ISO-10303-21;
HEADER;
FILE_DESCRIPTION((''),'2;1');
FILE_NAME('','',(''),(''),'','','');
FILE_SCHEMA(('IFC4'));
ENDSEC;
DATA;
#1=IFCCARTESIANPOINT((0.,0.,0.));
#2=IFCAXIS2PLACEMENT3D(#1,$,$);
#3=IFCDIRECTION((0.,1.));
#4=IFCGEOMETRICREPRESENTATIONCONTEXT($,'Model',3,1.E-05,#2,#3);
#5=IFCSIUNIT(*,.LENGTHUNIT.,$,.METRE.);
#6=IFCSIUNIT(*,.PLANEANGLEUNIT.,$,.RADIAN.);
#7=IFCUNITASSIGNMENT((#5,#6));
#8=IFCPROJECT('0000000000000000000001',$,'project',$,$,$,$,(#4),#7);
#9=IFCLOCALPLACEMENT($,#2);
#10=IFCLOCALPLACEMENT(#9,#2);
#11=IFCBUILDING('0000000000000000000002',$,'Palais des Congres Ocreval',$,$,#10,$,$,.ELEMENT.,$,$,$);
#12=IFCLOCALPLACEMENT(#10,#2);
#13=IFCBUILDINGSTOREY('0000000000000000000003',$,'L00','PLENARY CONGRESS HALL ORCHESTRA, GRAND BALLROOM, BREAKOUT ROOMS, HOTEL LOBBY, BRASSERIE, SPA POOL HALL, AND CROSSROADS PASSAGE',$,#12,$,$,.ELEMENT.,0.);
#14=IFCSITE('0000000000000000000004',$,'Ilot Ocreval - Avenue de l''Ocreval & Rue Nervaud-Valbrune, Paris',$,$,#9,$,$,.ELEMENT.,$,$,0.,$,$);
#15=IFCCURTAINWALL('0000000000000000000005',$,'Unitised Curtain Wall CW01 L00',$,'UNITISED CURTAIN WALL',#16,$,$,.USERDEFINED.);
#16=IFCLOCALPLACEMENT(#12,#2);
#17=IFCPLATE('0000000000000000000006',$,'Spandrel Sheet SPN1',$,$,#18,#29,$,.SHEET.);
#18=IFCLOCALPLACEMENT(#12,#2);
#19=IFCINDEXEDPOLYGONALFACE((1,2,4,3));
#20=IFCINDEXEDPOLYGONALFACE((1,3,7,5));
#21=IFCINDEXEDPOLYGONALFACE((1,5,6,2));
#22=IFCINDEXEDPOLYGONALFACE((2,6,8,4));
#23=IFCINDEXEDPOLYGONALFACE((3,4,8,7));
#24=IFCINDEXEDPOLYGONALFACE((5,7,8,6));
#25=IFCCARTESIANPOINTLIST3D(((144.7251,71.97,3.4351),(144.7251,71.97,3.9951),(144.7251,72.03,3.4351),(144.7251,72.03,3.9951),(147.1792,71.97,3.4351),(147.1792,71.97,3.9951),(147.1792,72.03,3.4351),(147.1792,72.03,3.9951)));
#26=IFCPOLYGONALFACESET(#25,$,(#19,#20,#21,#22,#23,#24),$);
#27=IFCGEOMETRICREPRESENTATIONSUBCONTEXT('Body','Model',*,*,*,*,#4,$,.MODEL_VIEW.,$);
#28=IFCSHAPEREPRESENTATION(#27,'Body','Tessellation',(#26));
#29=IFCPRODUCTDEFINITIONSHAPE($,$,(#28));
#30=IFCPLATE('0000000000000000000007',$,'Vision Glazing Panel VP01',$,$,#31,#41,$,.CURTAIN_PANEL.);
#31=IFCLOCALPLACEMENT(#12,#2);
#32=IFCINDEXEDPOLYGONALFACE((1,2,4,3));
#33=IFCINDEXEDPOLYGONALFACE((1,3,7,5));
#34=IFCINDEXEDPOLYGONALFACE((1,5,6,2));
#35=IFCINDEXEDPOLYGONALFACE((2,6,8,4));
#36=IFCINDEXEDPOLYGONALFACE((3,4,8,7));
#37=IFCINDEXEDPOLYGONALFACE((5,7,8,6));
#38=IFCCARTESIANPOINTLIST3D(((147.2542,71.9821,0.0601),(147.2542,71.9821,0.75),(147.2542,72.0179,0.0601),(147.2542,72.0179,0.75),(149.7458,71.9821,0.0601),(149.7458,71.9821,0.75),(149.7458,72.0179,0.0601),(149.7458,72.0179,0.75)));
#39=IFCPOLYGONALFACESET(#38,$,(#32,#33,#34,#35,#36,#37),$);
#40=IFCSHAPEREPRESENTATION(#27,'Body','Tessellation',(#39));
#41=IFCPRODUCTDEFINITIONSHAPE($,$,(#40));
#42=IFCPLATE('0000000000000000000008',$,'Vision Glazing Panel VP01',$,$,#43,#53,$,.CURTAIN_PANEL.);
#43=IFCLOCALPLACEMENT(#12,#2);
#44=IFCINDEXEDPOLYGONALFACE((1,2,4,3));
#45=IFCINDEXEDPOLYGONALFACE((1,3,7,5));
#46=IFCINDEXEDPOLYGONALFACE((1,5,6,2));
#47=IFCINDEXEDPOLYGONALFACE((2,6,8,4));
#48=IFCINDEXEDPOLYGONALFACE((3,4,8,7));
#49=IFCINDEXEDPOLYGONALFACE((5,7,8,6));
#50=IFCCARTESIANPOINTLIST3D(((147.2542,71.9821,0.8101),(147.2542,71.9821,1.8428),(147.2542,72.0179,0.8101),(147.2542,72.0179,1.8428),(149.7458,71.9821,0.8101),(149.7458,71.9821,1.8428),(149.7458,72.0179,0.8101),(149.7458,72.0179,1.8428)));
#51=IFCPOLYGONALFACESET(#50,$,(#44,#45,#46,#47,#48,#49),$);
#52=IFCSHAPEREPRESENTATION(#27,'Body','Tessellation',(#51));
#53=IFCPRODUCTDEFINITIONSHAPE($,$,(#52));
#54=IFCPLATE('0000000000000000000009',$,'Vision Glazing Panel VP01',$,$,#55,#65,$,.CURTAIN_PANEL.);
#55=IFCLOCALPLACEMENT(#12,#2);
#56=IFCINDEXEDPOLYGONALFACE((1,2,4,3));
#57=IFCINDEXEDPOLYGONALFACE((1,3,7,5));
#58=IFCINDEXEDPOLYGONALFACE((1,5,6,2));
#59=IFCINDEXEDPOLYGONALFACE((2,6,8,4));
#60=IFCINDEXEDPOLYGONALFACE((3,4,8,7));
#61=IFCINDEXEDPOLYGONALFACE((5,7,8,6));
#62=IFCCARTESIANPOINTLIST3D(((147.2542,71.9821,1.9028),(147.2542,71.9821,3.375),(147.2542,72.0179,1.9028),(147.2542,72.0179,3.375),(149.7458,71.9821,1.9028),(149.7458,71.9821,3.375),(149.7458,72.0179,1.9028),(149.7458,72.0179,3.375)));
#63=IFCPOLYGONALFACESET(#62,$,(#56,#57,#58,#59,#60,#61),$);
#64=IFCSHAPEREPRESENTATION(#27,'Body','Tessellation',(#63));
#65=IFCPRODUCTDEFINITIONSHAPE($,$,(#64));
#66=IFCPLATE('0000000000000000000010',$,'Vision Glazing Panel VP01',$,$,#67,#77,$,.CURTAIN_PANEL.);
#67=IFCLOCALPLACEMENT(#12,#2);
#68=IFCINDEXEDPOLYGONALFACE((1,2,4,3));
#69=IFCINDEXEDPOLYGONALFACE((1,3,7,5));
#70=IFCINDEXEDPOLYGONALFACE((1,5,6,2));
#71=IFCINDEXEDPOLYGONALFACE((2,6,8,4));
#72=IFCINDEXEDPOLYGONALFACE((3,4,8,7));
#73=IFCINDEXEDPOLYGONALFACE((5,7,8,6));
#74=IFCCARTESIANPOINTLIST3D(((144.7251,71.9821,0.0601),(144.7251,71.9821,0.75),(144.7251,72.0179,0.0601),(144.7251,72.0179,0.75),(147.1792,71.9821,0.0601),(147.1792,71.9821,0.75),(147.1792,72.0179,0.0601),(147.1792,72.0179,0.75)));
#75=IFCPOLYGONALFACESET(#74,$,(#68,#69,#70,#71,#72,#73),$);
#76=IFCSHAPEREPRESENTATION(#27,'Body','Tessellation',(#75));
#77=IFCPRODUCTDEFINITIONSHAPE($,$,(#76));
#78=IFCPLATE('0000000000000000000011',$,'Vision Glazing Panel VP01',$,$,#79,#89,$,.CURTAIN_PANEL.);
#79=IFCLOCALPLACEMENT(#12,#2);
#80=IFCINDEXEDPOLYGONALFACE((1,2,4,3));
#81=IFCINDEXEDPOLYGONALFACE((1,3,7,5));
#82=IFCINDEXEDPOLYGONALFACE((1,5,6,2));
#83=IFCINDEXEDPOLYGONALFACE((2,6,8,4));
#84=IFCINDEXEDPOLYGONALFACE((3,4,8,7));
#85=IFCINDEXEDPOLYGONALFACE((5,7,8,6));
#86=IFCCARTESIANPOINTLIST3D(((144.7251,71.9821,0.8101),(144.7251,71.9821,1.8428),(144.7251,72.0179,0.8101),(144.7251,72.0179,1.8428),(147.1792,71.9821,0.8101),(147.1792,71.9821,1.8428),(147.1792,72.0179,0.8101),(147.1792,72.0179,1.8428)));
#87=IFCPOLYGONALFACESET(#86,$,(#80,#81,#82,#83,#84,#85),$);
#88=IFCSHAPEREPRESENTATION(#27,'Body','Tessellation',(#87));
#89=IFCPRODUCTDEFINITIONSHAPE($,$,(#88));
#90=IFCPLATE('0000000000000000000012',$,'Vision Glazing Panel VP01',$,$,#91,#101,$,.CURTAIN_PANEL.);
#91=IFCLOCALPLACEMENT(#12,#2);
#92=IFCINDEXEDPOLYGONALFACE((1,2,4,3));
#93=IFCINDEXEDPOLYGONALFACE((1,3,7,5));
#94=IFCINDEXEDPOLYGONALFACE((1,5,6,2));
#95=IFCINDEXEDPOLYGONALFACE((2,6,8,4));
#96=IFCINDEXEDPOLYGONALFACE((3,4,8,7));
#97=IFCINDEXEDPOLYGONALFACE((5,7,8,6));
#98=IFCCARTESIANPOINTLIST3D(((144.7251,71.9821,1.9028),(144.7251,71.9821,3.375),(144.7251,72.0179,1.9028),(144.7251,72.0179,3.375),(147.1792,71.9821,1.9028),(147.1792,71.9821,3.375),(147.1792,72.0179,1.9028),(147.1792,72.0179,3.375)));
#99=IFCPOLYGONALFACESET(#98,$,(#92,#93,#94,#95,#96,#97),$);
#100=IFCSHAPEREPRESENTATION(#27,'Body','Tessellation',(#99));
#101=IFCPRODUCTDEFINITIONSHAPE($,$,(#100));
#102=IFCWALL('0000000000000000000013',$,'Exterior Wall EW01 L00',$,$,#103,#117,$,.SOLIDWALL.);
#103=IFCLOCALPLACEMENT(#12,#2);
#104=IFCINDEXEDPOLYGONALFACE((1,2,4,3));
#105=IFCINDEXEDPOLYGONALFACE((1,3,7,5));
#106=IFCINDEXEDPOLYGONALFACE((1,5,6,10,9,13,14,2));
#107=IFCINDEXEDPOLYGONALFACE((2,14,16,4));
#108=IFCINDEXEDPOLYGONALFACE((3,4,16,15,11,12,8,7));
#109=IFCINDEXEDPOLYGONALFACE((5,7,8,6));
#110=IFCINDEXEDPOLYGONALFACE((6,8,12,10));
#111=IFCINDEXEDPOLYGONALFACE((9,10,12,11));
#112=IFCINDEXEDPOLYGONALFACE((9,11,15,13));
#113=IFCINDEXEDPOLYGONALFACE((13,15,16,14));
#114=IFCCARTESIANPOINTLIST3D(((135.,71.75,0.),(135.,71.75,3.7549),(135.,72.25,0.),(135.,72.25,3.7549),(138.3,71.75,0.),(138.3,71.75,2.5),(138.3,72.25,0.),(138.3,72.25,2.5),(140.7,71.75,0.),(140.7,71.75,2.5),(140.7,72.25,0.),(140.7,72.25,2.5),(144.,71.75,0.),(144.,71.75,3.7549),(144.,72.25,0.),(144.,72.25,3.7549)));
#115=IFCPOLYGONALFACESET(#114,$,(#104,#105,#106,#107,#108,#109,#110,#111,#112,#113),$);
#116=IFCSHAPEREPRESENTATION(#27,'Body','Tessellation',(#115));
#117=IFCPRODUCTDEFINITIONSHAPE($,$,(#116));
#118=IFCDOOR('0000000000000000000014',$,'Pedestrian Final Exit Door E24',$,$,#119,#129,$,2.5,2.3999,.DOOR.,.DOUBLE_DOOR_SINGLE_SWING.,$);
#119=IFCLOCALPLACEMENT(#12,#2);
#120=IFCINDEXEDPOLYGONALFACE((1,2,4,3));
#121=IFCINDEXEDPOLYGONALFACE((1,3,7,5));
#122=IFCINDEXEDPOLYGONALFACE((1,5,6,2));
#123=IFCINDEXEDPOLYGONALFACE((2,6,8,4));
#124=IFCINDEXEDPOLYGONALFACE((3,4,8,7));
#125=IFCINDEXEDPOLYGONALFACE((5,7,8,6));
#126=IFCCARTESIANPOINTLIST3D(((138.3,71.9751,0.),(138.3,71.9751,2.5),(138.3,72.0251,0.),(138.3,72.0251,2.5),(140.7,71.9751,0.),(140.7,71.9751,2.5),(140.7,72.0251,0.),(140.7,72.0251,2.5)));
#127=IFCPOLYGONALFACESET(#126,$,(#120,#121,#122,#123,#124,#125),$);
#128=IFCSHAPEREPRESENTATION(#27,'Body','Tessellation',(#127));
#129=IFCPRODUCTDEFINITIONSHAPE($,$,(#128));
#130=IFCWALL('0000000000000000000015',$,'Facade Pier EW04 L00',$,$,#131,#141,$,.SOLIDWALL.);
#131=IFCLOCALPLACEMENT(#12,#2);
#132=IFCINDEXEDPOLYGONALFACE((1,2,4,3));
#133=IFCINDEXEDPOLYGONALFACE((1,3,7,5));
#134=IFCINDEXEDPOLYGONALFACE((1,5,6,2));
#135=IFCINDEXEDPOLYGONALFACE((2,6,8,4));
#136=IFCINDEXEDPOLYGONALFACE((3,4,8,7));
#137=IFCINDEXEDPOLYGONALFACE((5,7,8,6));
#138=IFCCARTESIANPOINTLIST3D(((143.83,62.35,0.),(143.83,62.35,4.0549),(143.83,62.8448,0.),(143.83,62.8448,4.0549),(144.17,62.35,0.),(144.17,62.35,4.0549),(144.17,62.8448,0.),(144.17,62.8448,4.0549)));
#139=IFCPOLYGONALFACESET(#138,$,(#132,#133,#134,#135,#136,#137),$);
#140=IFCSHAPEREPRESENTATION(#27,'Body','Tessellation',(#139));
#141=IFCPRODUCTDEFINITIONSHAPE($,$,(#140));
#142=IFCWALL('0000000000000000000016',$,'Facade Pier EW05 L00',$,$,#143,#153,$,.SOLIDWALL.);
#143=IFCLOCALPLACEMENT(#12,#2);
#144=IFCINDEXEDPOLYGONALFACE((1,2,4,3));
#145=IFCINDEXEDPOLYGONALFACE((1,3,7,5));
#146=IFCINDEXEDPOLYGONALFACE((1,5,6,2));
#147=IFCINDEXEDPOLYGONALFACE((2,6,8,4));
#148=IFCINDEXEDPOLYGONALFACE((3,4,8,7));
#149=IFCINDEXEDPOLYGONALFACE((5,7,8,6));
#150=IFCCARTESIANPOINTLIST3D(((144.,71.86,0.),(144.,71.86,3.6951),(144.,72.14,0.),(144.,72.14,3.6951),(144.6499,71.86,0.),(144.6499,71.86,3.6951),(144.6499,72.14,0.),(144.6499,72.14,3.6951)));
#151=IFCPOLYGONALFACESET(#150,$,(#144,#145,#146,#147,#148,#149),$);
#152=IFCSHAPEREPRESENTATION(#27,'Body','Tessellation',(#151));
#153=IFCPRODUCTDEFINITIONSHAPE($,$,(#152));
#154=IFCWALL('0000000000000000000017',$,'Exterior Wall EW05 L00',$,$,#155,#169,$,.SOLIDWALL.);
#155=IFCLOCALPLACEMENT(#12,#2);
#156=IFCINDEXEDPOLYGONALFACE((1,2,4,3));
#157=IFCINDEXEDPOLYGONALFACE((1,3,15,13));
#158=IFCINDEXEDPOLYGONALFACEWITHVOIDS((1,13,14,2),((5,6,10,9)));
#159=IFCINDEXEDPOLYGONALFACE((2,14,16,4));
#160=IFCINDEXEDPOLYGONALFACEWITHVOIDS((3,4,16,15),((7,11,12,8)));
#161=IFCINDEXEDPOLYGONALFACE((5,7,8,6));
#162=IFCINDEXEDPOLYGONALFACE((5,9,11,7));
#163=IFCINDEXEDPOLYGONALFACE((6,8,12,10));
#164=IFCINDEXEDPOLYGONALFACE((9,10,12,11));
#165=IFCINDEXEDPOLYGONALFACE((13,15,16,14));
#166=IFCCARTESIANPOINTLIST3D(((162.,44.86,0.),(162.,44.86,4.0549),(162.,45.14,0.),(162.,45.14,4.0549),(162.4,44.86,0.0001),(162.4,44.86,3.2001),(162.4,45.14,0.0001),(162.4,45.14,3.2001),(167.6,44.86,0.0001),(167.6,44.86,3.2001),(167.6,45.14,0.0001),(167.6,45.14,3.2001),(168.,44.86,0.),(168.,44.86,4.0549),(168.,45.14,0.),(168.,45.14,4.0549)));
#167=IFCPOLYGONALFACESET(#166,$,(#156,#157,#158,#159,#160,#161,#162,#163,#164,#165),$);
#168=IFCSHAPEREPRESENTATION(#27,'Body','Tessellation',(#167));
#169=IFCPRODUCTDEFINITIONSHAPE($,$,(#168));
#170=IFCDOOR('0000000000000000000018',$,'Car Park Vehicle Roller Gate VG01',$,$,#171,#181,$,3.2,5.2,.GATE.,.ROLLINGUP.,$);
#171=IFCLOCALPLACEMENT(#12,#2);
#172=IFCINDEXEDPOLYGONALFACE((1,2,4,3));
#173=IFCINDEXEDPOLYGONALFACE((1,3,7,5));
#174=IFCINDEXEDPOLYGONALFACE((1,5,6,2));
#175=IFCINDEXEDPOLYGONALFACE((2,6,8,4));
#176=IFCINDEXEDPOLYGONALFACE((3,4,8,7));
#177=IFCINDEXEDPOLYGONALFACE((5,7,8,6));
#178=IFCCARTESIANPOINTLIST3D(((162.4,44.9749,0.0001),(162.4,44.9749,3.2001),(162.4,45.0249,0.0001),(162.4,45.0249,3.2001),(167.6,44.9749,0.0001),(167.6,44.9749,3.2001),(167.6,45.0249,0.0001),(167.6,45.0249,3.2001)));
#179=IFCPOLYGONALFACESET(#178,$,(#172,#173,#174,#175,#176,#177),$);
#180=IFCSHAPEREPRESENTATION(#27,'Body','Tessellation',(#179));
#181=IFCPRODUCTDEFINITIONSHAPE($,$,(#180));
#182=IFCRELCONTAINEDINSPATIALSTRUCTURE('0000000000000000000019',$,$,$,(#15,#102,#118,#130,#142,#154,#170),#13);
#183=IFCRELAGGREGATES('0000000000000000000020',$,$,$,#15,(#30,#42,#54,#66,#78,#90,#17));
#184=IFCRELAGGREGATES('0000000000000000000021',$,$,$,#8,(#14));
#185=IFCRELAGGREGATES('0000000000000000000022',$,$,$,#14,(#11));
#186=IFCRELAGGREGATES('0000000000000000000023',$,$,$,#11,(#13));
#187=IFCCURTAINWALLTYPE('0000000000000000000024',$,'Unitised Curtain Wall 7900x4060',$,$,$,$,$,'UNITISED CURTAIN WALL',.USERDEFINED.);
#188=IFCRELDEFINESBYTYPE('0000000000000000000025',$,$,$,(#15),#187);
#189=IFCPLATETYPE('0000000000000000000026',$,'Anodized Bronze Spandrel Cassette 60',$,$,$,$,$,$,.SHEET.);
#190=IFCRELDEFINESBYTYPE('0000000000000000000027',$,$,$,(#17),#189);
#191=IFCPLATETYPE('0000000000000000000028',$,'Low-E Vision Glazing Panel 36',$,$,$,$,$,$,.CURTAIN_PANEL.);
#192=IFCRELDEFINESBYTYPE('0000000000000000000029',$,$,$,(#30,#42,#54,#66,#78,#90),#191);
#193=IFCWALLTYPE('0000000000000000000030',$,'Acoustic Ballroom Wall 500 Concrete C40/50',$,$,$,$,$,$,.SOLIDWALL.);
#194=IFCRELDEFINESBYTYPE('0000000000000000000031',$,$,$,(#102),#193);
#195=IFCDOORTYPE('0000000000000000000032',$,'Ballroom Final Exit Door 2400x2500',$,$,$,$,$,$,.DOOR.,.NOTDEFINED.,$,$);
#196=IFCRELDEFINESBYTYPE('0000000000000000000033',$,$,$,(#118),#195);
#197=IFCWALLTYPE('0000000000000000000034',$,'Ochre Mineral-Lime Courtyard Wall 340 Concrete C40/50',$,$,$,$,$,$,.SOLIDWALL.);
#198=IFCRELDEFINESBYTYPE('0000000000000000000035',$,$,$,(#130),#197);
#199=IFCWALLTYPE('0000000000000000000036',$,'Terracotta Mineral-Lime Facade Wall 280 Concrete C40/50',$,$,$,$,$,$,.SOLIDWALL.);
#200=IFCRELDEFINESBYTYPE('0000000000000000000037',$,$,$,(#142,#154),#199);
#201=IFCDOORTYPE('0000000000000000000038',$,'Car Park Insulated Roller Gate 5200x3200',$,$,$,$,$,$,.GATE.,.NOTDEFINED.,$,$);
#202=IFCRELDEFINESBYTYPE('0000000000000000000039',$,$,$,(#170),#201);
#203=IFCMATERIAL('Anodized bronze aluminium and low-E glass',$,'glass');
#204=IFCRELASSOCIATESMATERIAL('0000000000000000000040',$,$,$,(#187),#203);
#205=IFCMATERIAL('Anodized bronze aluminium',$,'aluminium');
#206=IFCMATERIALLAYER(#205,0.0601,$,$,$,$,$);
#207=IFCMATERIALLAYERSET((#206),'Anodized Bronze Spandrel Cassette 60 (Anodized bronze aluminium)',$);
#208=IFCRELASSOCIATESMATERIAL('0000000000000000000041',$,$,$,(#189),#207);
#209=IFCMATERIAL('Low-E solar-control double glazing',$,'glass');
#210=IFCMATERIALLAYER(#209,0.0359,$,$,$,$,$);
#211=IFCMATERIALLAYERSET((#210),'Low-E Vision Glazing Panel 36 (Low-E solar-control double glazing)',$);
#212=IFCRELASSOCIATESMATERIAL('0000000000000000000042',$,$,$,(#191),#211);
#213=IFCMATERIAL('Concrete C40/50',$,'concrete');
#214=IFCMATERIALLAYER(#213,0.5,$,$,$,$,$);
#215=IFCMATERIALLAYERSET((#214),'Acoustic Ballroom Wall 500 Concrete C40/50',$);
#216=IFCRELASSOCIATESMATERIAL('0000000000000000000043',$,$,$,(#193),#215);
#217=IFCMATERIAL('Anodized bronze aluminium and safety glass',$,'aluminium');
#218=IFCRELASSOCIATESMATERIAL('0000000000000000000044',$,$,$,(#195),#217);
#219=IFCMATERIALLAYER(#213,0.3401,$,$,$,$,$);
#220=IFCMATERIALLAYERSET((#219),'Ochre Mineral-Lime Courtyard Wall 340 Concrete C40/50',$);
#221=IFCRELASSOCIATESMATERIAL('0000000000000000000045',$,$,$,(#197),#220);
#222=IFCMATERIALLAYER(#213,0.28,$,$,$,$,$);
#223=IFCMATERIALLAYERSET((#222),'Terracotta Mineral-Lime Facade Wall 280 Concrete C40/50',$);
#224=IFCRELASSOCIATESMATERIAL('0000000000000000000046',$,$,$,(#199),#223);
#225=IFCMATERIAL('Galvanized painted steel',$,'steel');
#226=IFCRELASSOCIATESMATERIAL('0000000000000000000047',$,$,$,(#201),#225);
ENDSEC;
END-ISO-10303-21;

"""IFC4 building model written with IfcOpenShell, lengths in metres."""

from ifc_helpers import new_model, si_unit, direction, frame, frame_2d, origin, origin_2d, place, context, subcontext, project, spatial, rectangle, extrude, material, layer, layer_set, type_object, element, fill, aggregate, save


model = new_model("IFC4")

# Units and contexts
model_context = context("Model", 3, precision=1e-05, world=origin(), true_north=direction((0.0, 1.0)))
body_context = subcontext(model_context, "Body", "Model", "MODEL_VIEW")
ifc_project = project(units=[si_unit("LENGTHUNIT", "METRE"), si_unit("PLANEANGLEUNIT", "RADIAN")], contexts=[model_context])

# Site, building, storey
site_placement = place(None, origin())
site = spatial("IfcSite", under=ifc_project, at=site_placement, Name="Ilot Ocreval - Avenue de l'Ocreval & Rue Nervaud-Valbrune, Paris", CompositionType="ELEMENT", RefElevation=0.0)
building_placement = place(site_placement, origin())
building = spatial("IfcBuilding", under=site, at=building_placement, Name="Palais des Congres Ocreval", CompositionType="ELEMENT")
storey_placement = place(building_placement, origin())
storey = spatial("IfcBuildingStorey", under=building, at=storey_placement, Name="L00", Description="PLENARY CONGRESS HALL ORCHESTRA, GRAND BALLROOM, BREAKOUT ROOMS, HOTEL LOBBY, BRASSERIE, SPA POOL HALL, AND CROSSROADS PASSAGE", CompositionType="ELEMENT", Elevation=0.0)

# Curtain wall
ifc_material_1 = material(Name="Anodized bronze aluminium and low-E glass", Category="glass")
curtain_wall_type = type_object("IfcCurtainWallType", Name="Unitised Curtain Wall 7900x4060", ElementType="UNITISED CURTAIN WALL", PredefinedType="USERDEFINED", material=ifc_material_1)
curtain_wall_1_placement = place(storey_placement, origin())
curtain_wall_1 = element("IfcCurtainWall", 1, at=curtain_wall_1_placement, inside=storey, type_object=curtain_wall_type, Name="Unitised Curtain Wall CW01 L00", ObjectType="UNITISED CURTAIN WALL", PredefinedType="USERDEFINED")
ifc_material_2 = material(Name="Anodized bronze aluminium", Category="aluminium")

# Plates
ifc_layer_1 = layer(ifc_material_2, 0.0601)
ifc_layer_set_1 = layer_set([ifc_layer_1], Name="Anodized Bronze Spandrel Cassette 60 (Anodized bronze aluminium)")
plate_type_1 = type_object("IfcPlateType", Name="Anodized Bronze Spandrel Cassette 60", PredefinedType="SHEET", material=ifc_layer_set_1)
plate_1_placement = place(storey_placement, frame((145.9521, 72.0, 3.4351), z_axis=(0.0, 0.0, 1.0), x_axis=(-1.0, 0.0, 0.0)))
plate_1 = element("IfcPlate", 2, at=plate_1_placement, type_object=plate_type_1, Name="Spandrel Sheet SPN1", PredefinedType="SHEET", context=body_context, shape_type="SweptSolid", body=[
    extrude(rectangle(XDim=2.4541, YDim=0.0601, at=origin_2d()), origin(), (0.0, 0.0, 1.0), 0.5601),
])
ifc_material_3 = material(Name="Low-E solar-control double glazing", Category="glass")
ifc_layer_2 = layer(ifc_material_3, 0.0359)
ifc_layer_set_2 = layer_set([ifc_layer_2], Name="Low-E Vision Glazing Panel 36 (Low-E solar-control double glazing)")
plate_type_2 = type_object("IfcPlateType", Name="Low-E Vision Glazing Panel 36", PredefinedType="CURTAIN_PANEL", material=ifc_layer_set_2)
plate_2_placement = place(storey_placement, frame((148.5, 72.0, 0.0601), z_axis=(0.0, 0.0, 1.0), x_axis=(-1.0, 0.0, 0.0)))
plate_2 = element("IfcPlate", 3, at=plate_2_placement, type_object=plate_type_2, Name="Vision Glazing Panel VP01", PredefinedType="CURTAIN_PANEL", context=body_context, shape_type="SweptSolid", body=[
    extrude(rectangle(XDim=2.4917, YDim=0.0359, at=origin_2d()), origin(), (0.0, 0.0, 1.0), 0.6899),
])
plate_3_placement = place(storey_placement, frame((148.5, 72.0, 0.8101), z_axis=(0.0, 0.0, 1.0), x_axis=(-1.0, 0.0, 0.0)))
plate_3 = element("IfcPlate", 4, at=plate_3_placement, type_object=plate_type_2, Name="Vision Glazing Panel VP01", PredefinedType="CURTAIN_PANEL", context=body_context, shape_type="SweptSolid", body=[
    extrude(rectangle(XDim=2.4917, YDim=0.0359, at=origin_2d()), origin(), (0.0, 0.0, 1.0), 1.0327),
])
plate_4_placement = place(storey_placement, frame((148.5, 72.0, 1.9028), z_axis=(0.0, 0.0, 1.0), x_axis=(-1.0, 0.0, 0.0)))
plate_4 = element("IfcPlate", 5, at=plate_4_placement, type_object=plate_type_2, Name="Vision Glazing Panel VP01", PredefinedType="CURTAIN_PANEL", context=body_context, shape_type="SweptSolid", body=[
    extrude(rectangle(XDim=2.4917, YDim=0.0359, at=origin_2d()), origin(), (0.0, 0.0, 1.0), 1.4722),
])
plate_5_placement = place(storey_placement, frame((145.9521, 72.0, 0.0601), z_axis=(0.0, 0.0, 1.0), x_axis=(-1.0, 0.0, 0.0)))
plate_5 = element("IfcPlate", 6, at=plate_5_placement, type_object=plate_type_2, Name="Vision Glazing Panel VP01", PredefinedType="CURTAIN_PANEL", context=body_context, shape_type="SweptSolid", body=[
    extrude(rectangle(XDim=2.4541, YDim=0.0359, at=origin_2d()), origin(), (0.0, 0.0, 1.0), 0.6899),
])
plate_6_placement = place(storey_placement, frame((145.9521, 72.0, 0.8101), z_axis=(0.0, 0.0, 1.0), x_axis=(-1.0, 0.0, 0.0)))
plate_6 = element("IfcPlate", 7, at=plate_6_placement, type_object=plate_type_2, Name="Vision Glazing Panel VP01", PredefinedType="CURTAIN_PANEL", context=body_context, shape_type="SweptSolid", body=[
    extrude(rectangle(XDim=2.4541, YDim=0.0359, at=origin_2d()), origin(), (0.0, 0.0, 1.0), 1.0327),
])
plate_7_placement = place(storey_placement, frame((145.9521, 72.0, 1.9028), z_axis=(0.0, 0.0, 1.0), x_axis=(-1.0, 0.0, 0.0)))
plate_7 = element("IfcPlate", 8, at=plate_7_placement, type_object=plate_type_2, Name="Vision Glazing Panel VP01", PredefinedType="CURTAIN_PANEL", context=body_context, shape_type="SweptSolid", body=[
    extrude(rectangle(XDim=2.4541, YDim=0.0359, at=origin_2d()), origin(), (0.0, 0.0, 1.0), 1.4722),
])
aggregate(curtain_wall_1, [plate_2, plate_3, plate_4, plate_5, plate_6, plate_7, plate_1])

# Wall, opening, door
ifc_material_4 = material(Name="Concrete C40/50", Category="concrete")
ifc_layer_3 = layer(ifc_material_4, 0.5)
ifc_layer_set_3 = layer_set([ifc_layer_3], Name="Acoustic Ballroom Wall 500 Concrete C40/50")
wall_type_1 = type_object("IfcWallType", Name="Acoustic Ballroom Wall 500 Concrete C40/50", PredefinedType="SOLIDWALL", material=ifc_layer_set_3)
wall_1_placement = place(storey_placement, frame((144.0, 72.0, 0.0), z_axis=(0.0, 0.0, 1.0), x_axis=(-1.0, 0.0, 0.0)))
wall_1 = element("IfcWall", 9, at=wall_1_placement, inside=storey, type_object=wall_type_1, Name="Exterior Wall EW01 L00", PredefinedType="SOLIDWALL", context=body_context, shape_type="SweptSolid", body=[
    extrude(rectangle(XDim=9.0, YDim=0.5, at=frame_2d((4.5, 0.0))), origin(), (0.0, 0.0, 1.0), 3.7549),
])
opening_1_placement = place(wall_1_placement, frame((3.3, 0.0, 0.0)))
opening_1 = element("IfcOpeningElement", 10, at=opening_1_placement, cuts=wall_1, PredefinedType="OPENING", context=body_context, shape_type="SweptSolid", body=[
    extrude(rectangle(XDim=2.3999, YDim=2.5, at=frame_2d((1.2, 1.25))), frame((0.0, 0.26, 0.0), z_axis=(0.0, -1.0, 0.0), x_axis=(1.0, 0.0, 0.0)), (0.0, 0.0, 1.0), 0.52),
])
ifc_material_5 = material(Name="Anodized bronze aluminium and safety glass", Category="aluminium")
door_type_1 = type_object("IfcDoorType", Name="Ballroom Final Exit Door 2400x2500", OperationType="NOTDEFINED", PredefinedType="DOOR", material=ifc_material_5)
door_1_placement = place(opening_1_placement, origin())
door_1 = element("IfcDoor", 11, at=door_1_placement, inside=storey, type_object=door_type_1, Name="Pedestrian Final Exit Door E24", OperationType="DOUBLE_DOOR_SINGLE_SWING", OverallHeight=2.5, OverallWidth=2.3999, PredefinedType="DOOR", context=body_context, shape_type="SweptSolid", body=[
    extrude(rectangle(XDim=2.3999, YDim=2.5, at=frame_2d((1.2, 1.25))), frame((0.0, 0.0249, 0.0), z_axis=(0.0, -1.0, 0.0), x_axis=(1.0, 0.0, 0.0)), (0.0, 0.0, 1.0), 0.05),
])
fill(opening_1, door_1)

# Walls
ifc_layer_4 = layer(ifc_material_4, 0.3401)
ifc_layer_set_4 = layer_set([ifc_layer_4], Name="Ochre Mineral-Lime Courtyard Wall 340 Concrete C40/50")
wall_type_2 = type_object("IfcWallType", Name="Ochre Mineral-Lime Courtyard Wall 340 Concrete C40/50", PredefinedType="SOLIDWALL", material=ifc_layer_set_4)
wall_2_placement = place(storey_placement, frame((144.0, 62.845, 0.0), z_axis=(0.0, 0.0, 1.0), x_axis=(0.0, -1.0, 0.0)))
element("IfcWall", 12, at=wall_2_placement, inside=storey, type_object=wall_type_2, Name="Facade Pier EW04 L00", PredefinedType="SOLIDWALL", context=body_context, shape_type="SweptSolid", body=[
    extrude(rectangle(XDim=0.4949, YDim=0.3401, at=frame_2d((0.2476, 0.0))), origin(), (0.0, 0.0, 1.0), 4.0549),
])
ifc_layer_5 = layer(ifc_material_4, 0.28)
ifc_layer_set_5 = layer_set([ifc_layer_5], Name="Terracotta Mineral-Lime Facade Wall 280 Concrete C40/50")
wall_type_3 = type_object("IfcWallType", Name="Terracotta Mineral-Lime Facade Wall 280 Concrete C40/50", PredefinedType="SOLIDWALL", material=ifc_layer_set_5)
wall_3_placement = place(storey_placement, frame((144.6499, 72.0, 0.0), z_axis=(0.0, 0.0, 1.0), x_axis=(-1.0, 0.0, 0.0)))
element("IfcWall", 13, at=wall_3_placement, inside=storey, type_object=wall_type_3, Name="Facade Pier EW05 L00", PredefinedType="SOLIDWALL", context=body_context, shape_type="SweptSolid", body=[
    extrude(rectangle(XDim=0.6499, YDim=0.28, at=frame_2d((0.325, 0.0))), origin(), (0.0, 0.0, 1.0), 3.6951),
])

# Wall, opening, door
wall_4_placement = place(storey_placement, frame((162.0, 45.0, 0.0), z_axis=(0.0, 0.0, 1.0), x_axis=(1.0, 0.0, 0.0)))
wall_4 = element("IfcWall", 14, at=wall_4_placement, inside=storey, type_object=wall_type_3, Name="Exterior Wall EW05 L00", PredefinedType="SOLIDWALL", context=body_context, shape_type="SweptSolid", body=[
    extrude(rectangle(XDim=6.0, YDim=0.28, at=frame_2d((3.0, 0.0))), origin(), (0.0, 0.0, 1.0), 4.0549),
])
opening_2_placement = place(wall_4_placement, frame((0.3999, 0.0, 0.0)))
opening_2 = element("IfcOpeningElement", 15, at=opening_2_placement, cuts=wall_4, PredefinedType="OPENING", context=body_context, shape_type="SweptSolid", body=[
    extrude(rectangle(XDim=5.2, YDim=3.2, at=frame_2d((2.6001, 1.6001))), frame((0.0, 0.1499, 0.0), z_axis=(0.0, -1.0, 0.0), x_axis=(1.0, 0.0, 0.0)), (0.0, 0.0, 1.0), 0.3),
])
ifc_material_6 = material(Name="Galvanized painted steel", Category="steel")
door_type_2 = type_object("IfcDoorType", Name="Car Park Insulated Roller Gate 5200x3200", OperationType="NOTDEFINED", PredefinedType="GATE", material=ifc_material_6)
door_2_placement = place(opening_2_placement, origin())
door_2 = element("IfcDoor", 16, at=door_2_placement, inside=storey, type_object=door_type_2, Name="Car Park Vehicle Roller Gate VG01", OperationType="ROLLINGUP", OverallHeight=3.2, OverallWidth=5.2, PredefinedType="GATE", context=body_context, shape_type="SweptSolid", body=[
    extrude(rectangle(XDim=5.2, YDim=3.2, at=frame_2d((2.6001, 1.6001))), frame((0.0, 0.0249, 0.0), z_axis=(0.0, -1.0, 0.0), x_axis=(1.0, 0.0, 0.0)), (0.0, 0.0, 1.0), 0.05),
])
fill(opening_2, door_2)

save(model, "model.ifc")
